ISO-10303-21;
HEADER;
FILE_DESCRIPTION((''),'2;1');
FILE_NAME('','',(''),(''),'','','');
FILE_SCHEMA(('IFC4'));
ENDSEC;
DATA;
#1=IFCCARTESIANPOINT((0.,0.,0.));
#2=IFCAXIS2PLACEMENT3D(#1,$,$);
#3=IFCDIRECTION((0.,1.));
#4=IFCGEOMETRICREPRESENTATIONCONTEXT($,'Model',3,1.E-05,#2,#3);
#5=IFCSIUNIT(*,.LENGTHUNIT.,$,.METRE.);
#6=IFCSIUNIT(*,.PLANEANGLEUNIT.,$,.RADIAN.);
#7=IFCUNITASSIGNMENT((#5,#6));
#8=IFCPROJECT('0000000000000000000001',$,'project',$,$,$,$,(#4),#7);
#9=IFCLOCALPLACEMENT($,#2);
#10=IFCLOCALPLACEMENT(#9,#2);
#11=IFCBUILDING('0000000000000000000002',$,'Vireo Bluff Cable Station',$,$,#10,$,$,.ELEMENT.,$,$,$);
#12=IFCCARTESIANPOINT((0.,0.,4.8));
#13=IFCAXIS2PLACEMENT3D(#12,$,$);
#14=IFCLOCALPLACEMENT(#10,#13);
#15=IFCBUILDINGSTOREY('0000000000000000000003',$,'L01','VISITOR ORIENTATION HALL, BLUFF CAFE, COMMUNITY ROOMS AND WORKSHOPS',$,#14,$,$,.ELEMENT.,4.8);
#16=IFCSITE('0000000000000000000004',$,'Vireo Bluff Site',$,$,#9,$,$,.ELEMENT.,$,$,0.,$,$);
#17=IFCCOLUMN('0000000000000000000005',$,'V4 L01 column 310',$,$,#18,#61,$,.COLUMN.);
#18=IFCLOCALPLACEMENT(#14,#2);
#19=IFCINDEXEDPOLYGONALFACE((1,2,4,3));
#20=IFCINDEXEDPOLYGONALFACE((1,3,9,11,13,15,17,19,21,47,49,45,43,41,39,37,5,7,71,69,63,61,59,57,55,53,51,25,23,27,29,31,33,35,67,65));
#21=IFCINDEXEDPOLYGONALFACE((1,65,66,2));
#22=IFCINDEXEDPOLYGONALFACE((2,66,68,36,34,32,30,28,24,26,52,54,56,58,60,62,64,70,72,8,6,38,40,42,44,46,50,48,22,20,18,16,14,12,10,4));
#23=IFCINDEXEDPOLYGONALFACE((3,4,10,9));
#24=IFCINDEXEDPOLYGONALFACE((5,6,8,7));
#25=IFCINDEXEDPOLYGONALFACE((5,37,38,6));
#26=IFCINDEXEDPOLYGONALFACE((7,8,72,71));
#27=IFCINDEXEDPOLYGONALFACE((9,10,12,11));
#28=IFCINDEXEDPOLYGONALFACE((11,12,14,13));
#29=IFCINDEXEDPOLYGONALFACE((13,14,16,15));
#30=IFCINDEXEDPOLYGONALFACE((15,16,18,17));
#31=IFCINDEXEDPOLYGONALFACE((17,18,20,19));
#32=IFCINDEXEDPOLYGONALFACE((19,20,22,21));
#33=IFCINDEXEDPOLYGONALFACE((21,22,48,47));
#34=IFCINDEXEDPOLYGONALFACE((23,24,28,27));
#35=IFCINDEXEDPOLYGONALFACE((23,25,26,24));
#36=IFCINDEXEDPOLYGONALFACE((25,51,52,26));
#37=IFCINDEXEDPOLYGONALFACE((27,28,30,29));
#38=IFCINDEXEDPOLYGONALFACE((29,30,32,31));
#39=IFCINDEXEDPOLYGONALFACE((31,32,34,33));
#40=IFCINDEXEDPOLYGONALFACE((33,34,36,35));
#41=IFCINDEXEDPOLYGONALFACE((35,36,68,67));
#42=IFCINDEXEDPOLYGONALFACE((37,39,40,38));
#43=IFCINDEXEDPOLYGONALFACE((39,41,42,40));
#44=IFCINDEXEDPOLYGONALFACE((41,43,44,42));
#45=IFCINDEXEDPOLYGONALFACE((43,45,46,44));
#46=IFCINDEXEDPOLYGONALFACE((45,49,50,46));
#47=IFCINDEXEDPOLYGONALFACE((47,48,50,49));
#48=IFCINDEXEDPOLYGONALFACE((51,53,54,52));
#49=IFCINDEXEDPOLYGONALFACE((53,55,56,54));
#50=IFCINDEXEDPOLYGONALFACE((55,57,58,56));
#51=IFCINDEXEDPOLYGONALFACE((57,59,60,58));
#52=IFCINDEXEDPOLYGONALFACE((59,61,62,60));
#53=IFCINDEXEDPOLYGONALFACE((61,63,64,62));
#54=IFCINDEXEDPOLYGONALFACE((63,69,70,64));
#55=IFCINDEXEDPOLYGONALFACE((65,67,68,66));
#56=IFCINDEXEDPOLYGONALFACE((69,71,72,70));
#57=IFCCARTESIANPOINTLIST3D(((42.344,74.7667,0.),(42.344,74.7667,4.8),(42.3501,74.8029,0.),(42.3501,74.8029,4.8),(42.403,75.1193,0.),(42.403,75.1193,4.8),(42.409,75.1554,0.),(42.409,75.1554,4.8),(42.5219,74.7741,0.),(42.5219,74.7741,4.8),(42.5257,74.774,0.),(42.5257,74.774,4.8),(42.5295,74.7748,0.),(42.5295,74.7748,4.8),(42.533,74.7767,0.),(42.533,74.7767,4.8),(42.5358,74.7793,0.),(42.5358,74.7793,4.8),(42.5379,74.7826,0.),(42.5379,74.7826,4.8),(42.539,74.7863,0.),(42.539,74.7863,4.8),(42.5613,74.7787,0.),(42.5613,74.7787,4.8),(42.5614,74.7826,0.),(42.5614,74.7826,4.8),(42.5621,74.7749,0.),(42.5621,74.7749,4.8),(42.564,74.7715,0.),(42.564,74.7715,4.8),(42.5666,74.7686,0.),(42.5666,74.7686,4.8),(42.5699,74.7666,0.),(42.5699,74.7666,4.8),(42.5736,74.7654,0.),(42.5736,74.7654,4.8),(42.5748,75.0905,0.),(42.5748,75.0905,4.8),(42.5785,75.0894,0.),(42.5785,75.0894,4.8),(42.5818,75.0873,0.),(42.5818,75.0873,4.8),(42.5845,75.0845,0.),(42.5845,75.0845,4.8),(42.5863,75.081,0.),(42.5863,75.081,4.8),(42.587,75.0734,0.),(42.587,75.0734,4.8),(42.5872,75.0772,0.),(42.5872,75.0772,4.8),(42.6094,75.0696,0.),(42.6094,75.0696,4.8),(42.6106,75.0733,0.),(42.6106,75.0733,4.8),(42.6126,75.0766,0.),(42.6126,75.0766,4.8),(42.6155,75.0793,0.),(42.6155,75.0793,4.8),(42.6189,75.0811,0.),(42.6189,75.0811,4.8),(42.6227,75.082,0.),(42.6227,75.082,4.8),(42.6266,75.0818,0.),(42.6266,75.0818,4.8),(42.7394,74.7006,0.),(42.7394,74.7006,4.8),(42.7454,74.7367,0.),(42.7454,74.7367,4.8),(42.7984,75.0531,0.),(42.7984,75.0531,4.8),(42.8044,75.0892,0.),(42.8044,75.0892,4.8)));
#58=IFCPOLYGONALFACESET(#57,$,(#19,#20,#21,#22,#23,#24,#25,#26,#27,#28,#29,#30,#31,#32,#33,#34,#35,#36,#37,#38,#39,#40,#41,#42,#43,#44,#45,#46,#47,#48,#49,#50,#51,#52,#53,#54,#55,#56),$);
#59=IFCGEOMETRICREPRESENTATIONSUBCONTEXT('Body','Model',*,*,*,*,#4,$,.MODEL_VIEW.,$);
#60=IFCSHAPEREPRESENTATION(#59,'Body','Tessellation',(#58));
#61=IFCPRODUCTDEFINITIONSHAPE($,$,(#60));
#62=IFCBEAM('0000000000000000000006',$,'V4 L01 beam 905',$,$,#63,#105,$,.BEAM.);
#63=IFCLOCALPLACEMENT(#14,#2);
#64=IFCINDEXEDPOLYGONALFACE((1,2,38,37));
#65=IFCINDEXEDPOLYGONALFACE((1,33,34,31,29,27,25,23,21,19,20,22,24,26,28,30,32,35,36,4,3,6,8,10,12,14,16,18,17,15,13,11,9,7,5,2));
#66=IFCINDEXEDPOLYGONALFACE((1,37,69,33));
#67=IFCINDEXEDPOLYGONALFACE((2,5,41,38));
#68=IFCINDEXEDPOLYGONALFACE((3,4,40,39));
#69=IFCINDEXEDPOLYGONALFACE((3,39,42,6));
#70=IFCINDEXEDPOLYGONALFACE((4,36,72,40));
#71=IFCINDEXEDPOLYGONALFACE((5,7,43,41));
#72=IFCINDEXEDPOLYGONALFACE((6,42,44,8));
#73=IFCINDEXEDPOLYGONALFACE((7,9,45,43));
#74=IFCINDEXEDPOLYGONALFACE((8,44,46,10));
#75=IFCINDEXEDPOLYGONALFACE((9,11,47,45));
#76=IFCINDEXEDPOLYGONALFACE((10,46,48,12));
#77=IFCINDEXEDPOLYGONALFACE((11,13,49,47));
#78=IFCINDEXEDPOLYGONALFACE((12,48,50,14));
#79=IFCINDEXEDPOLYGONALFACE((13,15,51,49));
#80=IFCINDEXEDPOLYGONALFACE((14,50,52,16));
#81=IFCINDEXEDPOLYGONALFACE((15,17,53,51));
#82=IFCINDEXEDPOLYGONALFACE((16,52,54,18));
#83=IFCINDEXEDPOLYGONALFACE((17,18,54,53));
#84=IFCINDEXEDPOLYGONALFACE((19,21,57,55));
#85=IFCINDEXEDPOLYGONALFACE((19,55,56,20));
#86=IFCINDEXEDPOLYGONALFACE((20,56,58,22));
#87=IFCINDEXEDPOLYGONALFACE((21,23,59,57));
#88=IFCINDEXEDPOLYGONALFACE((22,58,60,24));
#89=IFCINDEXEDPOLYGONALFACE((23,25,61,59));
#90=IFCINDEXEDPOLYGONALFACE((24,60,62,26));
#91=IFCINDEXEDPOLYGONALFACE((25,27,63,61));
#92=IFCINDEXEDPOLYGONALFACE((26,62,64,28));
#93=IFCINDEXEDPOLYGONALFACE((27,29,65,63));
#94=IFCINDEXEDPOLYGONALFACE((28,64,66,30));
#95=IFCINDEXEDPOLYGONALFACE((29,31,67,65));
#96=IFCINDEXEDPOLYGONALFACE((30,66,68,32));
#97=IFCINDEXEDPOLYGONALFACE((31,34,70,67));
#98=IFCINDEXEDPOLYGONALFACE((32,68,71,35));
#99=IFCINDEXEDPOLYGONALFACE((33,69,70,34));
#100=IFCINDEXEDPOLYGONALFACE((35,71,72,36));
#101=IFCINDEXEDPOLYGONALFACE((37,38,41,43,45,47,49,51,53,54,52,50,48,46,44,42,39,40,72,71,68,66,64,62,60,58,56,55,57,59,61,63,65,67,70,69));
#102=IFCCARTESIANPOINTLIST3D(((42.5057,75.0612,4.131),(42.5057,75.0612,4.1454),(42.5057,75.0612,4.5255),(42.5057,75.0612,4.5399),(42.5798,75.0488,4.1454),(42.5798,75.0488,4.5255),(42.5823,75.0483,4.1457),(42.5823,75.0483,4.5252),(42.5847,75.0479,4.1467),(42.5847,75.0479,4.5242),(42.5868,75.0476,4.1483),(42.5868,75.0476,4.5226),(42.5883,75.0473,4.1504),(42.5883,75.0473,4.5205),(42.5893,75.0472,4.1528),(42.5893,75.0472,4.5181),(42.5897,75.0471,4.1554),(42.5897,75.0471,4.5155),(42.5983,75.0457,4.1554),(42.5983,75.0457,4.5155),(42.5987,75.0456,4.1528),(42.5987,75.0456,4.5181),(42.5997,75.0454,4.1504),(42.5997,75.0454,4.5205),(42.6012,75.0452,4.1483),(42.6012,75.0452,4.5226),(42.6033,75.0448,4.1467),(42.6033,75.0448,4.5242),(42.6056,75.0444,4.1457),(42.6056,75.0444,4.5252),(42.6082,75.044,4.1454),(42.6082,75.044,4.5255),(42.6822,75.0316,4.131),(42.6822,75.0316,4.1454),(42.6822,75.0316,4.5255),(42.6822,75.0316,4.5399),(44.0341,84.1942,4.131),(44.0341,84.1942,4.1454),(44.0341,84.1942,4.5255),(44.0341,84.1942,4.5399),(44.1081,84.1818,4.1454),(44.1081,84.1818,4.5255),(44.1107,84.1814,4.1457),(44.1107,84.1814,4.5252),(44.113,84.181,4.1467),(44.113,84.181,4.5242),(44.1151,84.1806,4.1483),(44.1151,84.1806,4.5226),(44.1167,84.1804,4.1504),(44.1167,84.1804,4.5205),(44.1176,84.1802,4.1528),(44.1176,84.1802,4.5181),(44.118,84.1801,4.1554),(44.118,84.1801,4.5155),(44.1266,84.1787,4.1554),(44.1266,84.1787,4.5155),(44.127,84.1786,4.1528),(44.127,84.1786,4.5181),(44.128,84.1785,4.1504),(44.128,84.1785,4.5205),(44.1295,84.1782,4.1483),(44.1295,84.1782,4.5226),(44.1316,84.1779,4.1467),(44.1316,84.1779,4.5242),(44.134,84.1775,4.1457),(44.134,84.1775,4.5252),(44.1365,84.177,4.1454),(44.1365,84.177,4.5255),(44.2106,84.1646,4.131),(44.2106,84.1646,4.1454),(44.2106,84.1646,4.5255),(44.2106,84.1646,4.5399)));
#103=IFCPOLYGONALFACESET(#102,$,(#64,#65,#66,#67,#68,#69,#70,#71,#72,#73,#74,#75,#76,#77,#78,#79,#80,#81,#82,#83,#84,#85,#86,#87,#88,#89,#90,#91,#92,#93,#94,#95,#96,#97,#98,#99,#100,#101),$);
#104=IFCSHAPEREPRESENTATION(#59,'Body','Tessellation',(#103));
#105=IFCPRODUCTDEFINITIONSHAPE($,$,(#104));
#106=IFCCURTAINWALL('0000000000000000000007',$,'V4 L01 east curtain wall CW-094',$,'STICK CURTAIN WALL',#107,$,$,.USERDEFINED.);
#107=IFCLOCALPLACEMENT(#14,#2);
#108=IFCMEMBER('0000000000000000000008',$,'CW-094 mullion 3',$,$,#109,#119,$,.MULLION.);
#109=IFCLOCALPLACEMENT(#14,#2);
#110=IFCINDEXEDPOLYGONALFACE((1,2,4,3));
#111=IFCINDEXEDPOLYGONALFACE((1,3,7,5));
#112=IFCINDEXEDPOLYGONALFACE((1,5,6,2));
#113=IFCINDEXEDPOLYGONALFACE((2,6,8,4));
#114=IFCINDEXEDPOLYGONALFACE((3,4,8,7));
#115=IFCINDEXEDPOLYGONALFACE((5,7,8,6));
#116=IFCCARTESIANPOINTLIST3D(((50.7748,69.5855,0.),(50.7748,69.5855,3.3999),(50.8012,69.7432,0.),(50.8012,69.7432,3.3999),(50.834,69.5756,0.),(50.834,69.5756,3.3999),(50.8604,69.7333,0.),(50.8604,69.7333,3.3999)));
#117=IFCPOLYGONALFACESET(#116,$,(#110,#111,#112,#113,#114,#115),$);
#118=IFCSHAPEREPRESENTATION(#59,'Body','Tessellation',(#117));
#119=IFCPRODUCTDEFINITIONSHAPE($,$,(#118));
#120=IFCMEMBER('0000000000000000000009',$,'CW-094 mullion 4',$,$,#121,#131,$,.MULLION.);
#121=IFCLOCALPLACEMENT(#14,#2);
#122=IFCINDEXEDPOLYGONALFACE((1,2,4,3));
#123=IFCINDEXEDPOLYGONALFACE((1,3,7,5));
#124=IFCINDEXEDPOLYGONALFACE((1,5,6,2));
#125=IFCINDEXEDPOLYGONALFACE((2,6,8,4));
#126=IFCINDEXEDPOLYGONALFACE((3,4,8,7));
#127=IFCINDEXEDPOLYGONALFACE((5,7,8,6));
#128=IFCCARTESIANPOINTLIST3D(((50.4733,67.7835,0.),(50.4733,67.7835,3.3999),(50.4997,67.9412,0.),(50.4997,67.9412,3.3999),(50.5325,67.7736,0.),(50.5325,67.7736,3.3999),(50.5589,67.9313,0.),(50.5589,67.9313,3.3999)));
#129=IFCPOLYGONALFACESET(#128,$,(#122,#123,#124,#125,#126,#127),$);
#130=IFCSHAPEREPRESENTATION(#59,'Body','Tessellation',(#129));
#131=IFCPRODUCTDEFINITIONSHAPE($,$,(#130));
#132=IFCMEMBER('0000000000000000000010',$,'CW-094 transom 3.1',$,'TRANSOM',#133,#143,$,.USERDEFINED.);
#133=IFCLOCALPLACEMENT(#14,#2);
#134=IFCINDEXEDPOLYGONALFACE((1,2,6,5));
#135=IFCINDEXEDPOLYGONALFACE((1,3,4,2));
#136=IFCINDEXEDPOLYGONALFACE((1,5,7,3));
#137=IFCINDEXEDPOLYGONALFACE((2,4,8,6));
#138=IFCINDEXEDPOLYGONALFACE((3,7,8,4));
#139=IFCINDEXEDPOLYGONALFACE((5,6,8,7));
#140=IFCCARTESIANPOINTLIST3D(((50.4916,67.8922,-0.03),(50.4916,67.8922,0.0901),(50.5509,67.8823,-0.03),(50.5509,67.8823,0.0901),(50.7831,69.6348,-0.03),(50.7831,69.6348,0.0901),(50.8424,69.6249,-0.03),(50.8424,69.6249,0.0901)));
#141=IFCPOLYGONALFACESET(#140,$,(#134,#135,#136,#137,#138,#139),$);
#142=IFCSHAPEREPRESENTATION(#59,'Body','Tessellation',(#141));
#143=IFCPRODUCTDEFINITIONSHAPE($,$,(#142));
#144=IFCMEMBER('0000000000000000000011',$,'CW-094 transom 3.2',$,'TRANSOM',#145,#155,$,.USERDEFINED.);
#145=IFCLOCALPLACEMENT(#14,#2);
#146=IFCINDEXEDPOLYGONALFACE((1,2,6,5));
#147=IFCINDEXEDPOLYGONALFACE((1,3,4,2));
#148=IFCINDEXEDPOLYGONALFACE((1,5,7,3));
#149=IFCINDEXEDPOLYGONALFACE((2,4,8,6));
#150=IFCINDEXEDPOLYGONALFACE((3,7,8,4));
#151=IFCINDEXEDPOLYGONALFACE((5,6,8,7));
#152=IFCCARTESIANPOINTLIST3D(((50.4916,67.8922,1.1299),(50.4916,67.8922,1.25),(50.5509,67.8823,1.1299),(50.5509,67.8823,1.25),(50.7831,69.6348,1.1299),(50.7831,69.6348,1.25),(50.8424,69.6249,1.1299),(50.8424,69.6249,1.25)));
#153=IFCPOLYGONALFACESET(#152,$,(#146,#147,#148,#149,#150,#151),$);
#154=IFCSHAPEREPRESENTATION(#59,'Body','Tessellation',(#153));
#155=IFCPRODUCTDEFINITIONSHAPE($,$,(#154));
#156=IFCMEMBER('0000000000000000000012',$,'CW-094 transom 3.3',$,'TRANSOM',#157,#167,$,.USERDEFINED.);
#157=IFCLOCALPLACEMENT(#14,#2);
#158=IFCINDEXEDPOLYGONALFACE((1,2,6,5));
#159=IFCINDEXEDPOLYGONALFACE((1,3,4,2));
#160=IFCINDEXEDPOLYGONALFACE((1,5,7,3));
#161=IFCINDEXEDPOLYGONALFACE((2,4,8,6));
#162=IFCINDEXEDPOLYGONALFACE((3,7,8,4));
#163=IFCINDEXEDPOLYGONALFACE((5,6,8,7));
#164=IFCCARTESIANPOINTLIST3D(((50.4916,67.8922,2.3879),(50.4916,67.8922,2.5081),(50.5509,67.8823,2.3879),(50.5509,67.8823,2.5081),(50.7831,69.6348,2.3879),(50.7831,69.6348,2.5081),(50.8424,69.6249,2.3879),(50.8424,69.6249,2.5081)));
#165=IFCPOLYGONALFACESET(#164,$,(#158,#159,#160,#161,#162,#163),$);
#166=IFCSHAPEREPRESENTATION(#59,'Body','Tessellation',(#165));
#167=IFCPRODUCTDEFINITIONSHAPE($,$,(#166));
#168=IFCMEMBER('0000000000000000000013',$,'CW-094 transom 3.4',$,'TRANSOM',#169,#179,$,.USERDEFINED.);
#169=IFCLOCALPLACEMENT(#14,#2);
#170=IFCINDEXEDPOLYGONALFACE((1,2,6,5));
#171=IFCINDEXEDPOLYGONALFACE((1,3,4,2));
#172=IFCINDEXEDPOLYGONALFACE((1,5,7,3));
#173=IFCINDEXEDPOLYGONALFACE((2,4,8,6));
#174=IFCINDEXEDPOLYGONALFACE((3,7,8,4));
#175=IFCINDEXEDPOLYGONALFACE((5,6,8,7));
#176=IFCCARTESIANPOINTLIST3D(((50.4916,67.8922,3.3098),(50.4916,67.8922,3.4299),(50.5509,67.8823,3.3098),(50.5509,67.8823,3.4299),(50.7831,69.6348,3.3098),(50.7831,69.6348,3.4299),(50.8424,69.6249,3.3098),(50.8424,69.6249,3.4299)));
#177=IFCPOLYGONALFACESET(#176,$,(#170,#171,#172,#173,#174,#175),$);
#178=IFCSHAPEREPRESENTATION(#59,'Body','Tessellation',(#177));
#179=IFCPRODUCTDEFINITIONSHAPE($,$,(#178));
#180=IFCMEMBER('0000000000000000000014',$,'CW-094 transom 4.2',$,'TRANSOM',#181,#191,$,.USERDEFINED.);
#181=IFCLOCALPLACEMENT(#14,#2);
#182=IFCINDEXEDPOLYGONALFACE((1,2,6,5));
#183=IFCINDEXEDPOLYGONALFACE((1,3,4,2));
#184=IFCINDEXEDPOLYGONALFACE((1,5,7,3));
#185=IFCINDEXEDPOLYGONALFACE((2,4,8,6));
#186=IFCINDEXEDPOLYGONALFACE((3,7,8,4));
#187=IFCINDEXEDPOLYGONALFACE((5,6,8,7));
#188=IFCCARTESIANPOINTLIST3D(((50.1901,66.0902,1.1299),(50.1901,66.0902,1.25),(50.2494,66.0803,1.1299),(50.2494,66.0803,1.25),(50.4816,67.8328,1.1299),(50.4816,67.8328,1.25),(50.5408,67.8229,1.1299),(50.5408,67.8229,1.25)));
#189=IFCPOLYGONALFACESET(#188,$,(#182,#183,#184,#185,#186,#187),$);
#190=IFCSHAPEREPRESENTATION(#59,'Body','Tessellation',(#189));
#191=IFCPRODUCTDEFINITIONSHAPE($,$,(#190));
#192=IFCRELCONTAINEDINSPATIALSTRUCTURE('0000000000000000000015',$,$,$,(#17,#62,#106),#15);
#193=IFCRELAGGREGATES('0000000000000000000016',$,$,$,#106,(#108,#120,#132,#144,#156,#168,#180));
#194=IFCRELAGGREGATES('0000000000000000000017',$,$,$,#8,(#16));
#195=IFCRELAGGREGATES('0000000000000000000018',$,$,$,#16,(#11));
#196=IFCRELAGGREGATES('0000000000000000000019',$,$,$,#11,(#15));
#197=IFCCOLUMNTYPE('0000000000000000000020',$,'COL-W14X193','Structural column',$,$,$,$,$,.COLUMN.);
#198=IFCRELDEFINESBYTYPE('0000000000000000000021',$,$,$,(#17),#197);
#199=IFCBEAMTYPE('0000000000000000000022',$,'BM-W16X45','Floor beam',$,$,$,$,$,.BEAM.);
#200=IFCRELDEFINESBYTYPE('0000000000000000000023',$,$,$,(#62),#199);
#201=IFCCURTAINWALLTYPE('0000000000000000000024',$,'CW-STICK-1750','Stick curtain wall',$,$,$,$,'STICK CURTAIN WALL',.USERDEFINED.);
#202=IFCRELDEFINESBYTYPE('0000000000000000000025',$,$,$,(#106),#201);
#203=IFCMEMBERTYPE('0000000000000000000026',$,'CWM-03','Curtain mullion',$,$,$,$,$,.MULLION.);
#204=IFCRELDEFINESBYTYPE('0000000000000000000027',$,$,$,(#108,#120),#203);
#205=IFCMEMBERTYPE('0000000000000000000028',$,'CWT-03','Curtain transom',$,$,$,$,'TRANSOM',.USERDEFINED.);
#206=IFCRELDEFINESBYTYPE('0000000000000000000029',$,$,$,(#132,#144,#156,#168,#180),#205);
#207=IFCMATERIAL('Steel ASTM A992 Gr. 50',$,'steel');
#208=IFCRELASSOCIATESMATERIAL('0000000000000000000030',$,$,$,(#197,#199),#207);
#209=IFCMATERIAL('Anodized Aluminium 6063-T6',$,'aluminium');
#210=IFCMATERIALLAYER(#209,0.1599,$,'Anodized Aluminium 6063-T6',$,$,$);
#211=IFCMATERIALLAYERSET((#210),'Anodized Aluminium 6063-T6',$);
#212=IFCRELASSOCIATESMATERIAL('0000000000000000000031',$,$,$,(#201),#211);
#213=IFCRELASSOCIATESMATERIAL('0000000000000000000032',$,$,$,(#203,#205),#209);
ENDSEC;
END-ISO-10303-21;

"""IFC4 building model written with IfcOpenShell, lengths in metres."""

from ifc_helpers import new_model, si_unit, direction, frame, origin, origin_2d, place, context, subcontext, project, spatial, rectangle, i_section, extrude, material, layer, layer_set, material_profile, profile_set, type_object, element, aggregate, save


model = new_model("IFC4")

# Units and contexts
model_context = context("Model", 3, precision=1e-05, world=origin(), true_north=direction((0.0, 1.0)))
body_context = subcontext(model_context, "Body", "Model", "MODEL_VIEW")
ifc_project = project(units=[si_unit("LENGTHUNIT", "METRE"), si_unit("PLANEANGLEUNIT", "RADIAN")], contexts=[model_context])

# Site, building, storey
site_placement = place(None, origin())
site = spatial("IfcSite", under=ifc_project, at=site_placement, Name="Vireo Bluff Site", CompositionType="ELEMENT", RefElevation=0.0)
building_placement = place(site_placement, origin())
building = spatial("IfcBuilding", under=site, at=building_placement, Name="Vireo Bluff Cable Station", CompositionType="ELEMENT")
storey_placement = place(building_placement, frame((0.0, 0.0, 4.8)))
storey = spatial("IfcBuildingStorey", under=building, at=storey_placement, Name="L01", Description="VISITOR ORIENTATION HALL, BLUFF CAFE, COMMUNITY ROOMS AND WORKSHOPS", CompositionType="ELEMENT", Elevation=4.8)

# Column
ifc_material_1 = material(Name="Steel ASTM A992 Gr. 50", Category="steel")
ifc_material_profile_1 = material_profile(ifc_material_1, i_section(OverallWidth=0.4009, OverallDepth=0.394, WebThickness=0.0227, FlangeThickness=0.0366, FilletRadius=0.0149, at=origin_2d()), Name="W14X193")
ifc_profile_set_1 = profile_set([ifc_material_profile_1], Name="Steel ASTM A992 Gr. 50")
column_type = type_object("IfcColumnType", Name="COL-W14X193", Description="Structural column", PredefinedType="COLUMN", material=ifc_profile_set_1)
column_placement = place(storey_placement, frame((42.5742, 74.928, 0.0), z_axis=(0.0, 0.0, 1.0), x_axis=(0.986286, -0.165048, 0.0)))
element("IfcColumn", 1, at=column_placement, inside=storey, type_object=column_type, Name="V4 L01 column 310", PredefinedType="COLUMN", context=body_context, shape_type="SweptSolid", body=[
    extrude(i_section(OverallWidth=0.4009, OverallDepth=0.394, WebThickness=0.0227, FlangeThickness=0.0366, FilletRadius=0.0149, at=origin_2d()), origin(), (0.0, 0.0, 1.0), 4.8),
])

# Beam
ifc_material_profile_2 = material_profile(ifc_material_1, i_section(OverallWidth=0.179, OverallDepth=0.4089, WebThickness=0.0088, FlangeThickness=0.0144, FilletRadius=0.01, at=origin_2d()), Name="W16X45")
ifc_profile_set_2 = profile_set([ifc_material_profile_2], Name="Steel ASTM A992 Gr. 50")
beam_type_1 = type_object("IfcBeamType", Name="BM-W16X45", Description="Floor beam", PredefinedType="BEAM", material=ifc_profile_set_2)
beam_1_placement = place(storey_placement, frame((42.594, 75.0464, 4.3354), z_axis=(0.165045, 0.986286, 0.0), x_axis=(-0.986286, 0.165045, 0.0)))
element("IfcBeam", 2, at=beam_1_placement, inside=storey, type_object=beam_type_1, Name="V4 L01 beam 905", PredefinedType="BEAM", context=body_context, shape_type="SweptSolid", body=[
    extrude(i_section(OverallWidth=0.179, OverallDepth=0.4089, WebThickness=0.0088, FlangeThickness=0.0144, FilletRadius=0.01, at=origin_2d()), origin(), (0.0, 0.0, 1.0), 9.26),
])

# Curtain wall, members
ifc_material_2 = material(Name="Anodized Aluminium 6063-T6", Category="aluminium")
ifc_layer_1 = layer(ifc_material_2, 0.1599, Name="Anodized Aluminium 6063-T6")
ifc_layer_set_1 = layer_set([ifc_layer_1], Name="Anodized Aluminium 6063-T6")
curtain_wall_type = type_object("IfcCurtainWallType", Name="CW-STICK-1750", Description="Stick curtain wall", ElementType="STICK CURTAIN WALL", PredefinedType="USERDEFINED", material=ifc_layer_set_1)
curtain_wall_placement = place(storey_placement, origin())
curtain_wall = element("IfcCurtainWall", 3, at=curtain_wall_placement, inside=storey, type_object=curtain_wall_type, Name="V4 L01 east curtain wall CW-094", ObjectType="STICK CURTAIN WALL", PredefinedType="USERDEFINED")
ifc_material_profile_3 = material_profile(ifc_material_2, rectangle(XDim=0.0601, YDim=0.1599, at=origin_2d()), Name="ALU-M-60X160")
ifc_profile_set_3 = profile_set([ifc_material_profile_3], Name="Anodized Aluminium 6063-T6")
member_type_1 = type_object("IfcMemberType", Name="CWM-03", Description="Curtain mullion", PredefinedType="MULLION", material=ifc_profile_set_3)
member_1_placement = place(storey_placement, frame((50.8176, 69.6594, 0.0), z_axis=(0.0, 0.0, 1.0), x_axis=(0.986286, -0.165048, 0.0)))
member_1 = element("IfcMember", 4, at=member_1_placement, type_object=member_type_1, Name="CW-094 mullion 3", PredefinedType="MULLION", context=body_context, shape_type="SweptSolid", body=[
    extrude(rectangle(XDim=0.0601, YDim=0.1599, at=origin_2d()), origin(), (0.0, 0.0, 1.0), 3.3999),
])
member_2_placement = place(storey_placement, frame((50.5161, 67.8574, 0.0), z_axis=(0.0, 0.0, 1.0), x_axis=(0.986286, -0.165048, 0.0)))
member_2 = element("IfcMember", 5, at=member_2_placement, type_object=member_type_1, Name="CW-094 mullion 4", PredefinedType="MULLION", context=body_context, shape_type="SweptSolid", body=[
    extrude(rectangle(XDim=0.0601, YDim=0.1599, at=origin_2d()), origin(), (0.0, 0.0, 1.0), 3.3999),
])
ifc_material_profile_4 = material_profile(ifc_material_2, rectangle(XDim=0.0601, YDim=0.1201, at=origin_2d()), Name="ALU-T-60X120")
ifc_profile_set_4 = profile_set([ifc_material_profile_4], Name="Anodized Aluminium 6063-T6")
member_type_2 = type_object("IfcMemberType", Name="CWT-03", Description="Curtain transom", ElementType="TRANSOM", PredefinedType="USERDEFINED", material=ifc_profile_set_4)
member_3_placement = place(storey_placement, frame((50.8127, 69.6299, 0.03), z_axis=(-0.164982, -0.986297, 0.0), x_axis=(0.986297, -0.164982, 0.0)))
member_3 = element("IfcMember", 6, at=member_3_placement, type_object=member_type_2, Name="CW-094 transom 3.1", ObjectType="TRANSOM", PredefinedType="USERDEFINED", context=body_context, shape_type="SweptSolid", body=[
    extrude(rectangle(XDim=0.0601, YDim=0.1201, at=origin_2d()), origin(), (0.0, 0.0, 1.0), 1.7668),
])
member_4_placement = place(storey_placement, frame((50.8127, 69.6299, 1.1899), z_axis=(-0.164982, -0.986297, 0.0), x_axis=(0.986297, -0.164982, 0.0)))
member_4 = element("IfcMember", 7, at=member_4_placement, type_object=member_type_2, Name="CW-094 transom 3.2", ObjectType="TRANSOM", PredefinedType="USERDEFINED", context=body_context, shape_type="SweptSolid", body=[
    extrude(rectangle(XDim=0.0601, YDim=0.1201, at=origin_2d()), origin(), (0.0, 0.0, 1.0), 1.7668),
])
member_5_placement = place(storey_placement, frame((50.8127, 69.6299, 2.448), z_axis=(-0.164982, -0.986297, 0.0), x_axis=(0.986297, -0.164982, 0.0)))
member_5 = element("IfcMember", 8, at=member_5_placement, type_object=member_type_2, Name="CW-094 transom 3.3", ObjectType="TRANSOM", PredefinedType="USERDEFINED", context=body_context, shape_type="SweptSolid", body=[
    extrude(rectangle(XDim=0.0601, YDim=0.1201, at=origin_2d()), origin(), (0.0, 0.0, 1.0), 1.7668),
])
member_6_placement = place(storey_placement, frame((50.8127, 69.6299, 3.3699), z_axis=(-0.164982, -0.986297, 0.0), x_axis=(0.986297, -0.164982, 0.0)))
member_6 = element("IfcMember", 9, at=member_6_placement, type_object=member_type_2, Name="CW-094 transom 3.4", ObjectType="TRANSOM", PredefinedType="USERDEFINED", context=body_context, shape_type="SweptSolid", body=[
    extrude(rectangle(XDim=0.0601, YDim=0.1201, at=origin_2d()), origin(), (0.0, 0.0, 1.0), 1.7668),
])
member_7_placement = place(storey_placement, frame((50.5112, 67.8279, 1.1899), z_axis=(-0.164982, -0.986297, 0.0), x_axis=(0.986297, -0.164982, 0.0)))
member_7 = element("IfcMember", 10, at=member_7_placement, type_object=member_type_2, Name="CW-094 transom 4.2", ObjectType="TRANSOM", PredefinedType="USERDEFINED", context=body_context, shape_type="SweptSolid", body=[
    extrude(rectangle(XDim=0.0601, YDim=0.1201, at=origin_2d()), origin(), (0.0, 0.0, 1.0), 1.7668),
])

aggregate(curtain_wall, [member_1, member_2, member_3, member_4, member_5, member_6, member_7])

save(model, "model.ifc")
